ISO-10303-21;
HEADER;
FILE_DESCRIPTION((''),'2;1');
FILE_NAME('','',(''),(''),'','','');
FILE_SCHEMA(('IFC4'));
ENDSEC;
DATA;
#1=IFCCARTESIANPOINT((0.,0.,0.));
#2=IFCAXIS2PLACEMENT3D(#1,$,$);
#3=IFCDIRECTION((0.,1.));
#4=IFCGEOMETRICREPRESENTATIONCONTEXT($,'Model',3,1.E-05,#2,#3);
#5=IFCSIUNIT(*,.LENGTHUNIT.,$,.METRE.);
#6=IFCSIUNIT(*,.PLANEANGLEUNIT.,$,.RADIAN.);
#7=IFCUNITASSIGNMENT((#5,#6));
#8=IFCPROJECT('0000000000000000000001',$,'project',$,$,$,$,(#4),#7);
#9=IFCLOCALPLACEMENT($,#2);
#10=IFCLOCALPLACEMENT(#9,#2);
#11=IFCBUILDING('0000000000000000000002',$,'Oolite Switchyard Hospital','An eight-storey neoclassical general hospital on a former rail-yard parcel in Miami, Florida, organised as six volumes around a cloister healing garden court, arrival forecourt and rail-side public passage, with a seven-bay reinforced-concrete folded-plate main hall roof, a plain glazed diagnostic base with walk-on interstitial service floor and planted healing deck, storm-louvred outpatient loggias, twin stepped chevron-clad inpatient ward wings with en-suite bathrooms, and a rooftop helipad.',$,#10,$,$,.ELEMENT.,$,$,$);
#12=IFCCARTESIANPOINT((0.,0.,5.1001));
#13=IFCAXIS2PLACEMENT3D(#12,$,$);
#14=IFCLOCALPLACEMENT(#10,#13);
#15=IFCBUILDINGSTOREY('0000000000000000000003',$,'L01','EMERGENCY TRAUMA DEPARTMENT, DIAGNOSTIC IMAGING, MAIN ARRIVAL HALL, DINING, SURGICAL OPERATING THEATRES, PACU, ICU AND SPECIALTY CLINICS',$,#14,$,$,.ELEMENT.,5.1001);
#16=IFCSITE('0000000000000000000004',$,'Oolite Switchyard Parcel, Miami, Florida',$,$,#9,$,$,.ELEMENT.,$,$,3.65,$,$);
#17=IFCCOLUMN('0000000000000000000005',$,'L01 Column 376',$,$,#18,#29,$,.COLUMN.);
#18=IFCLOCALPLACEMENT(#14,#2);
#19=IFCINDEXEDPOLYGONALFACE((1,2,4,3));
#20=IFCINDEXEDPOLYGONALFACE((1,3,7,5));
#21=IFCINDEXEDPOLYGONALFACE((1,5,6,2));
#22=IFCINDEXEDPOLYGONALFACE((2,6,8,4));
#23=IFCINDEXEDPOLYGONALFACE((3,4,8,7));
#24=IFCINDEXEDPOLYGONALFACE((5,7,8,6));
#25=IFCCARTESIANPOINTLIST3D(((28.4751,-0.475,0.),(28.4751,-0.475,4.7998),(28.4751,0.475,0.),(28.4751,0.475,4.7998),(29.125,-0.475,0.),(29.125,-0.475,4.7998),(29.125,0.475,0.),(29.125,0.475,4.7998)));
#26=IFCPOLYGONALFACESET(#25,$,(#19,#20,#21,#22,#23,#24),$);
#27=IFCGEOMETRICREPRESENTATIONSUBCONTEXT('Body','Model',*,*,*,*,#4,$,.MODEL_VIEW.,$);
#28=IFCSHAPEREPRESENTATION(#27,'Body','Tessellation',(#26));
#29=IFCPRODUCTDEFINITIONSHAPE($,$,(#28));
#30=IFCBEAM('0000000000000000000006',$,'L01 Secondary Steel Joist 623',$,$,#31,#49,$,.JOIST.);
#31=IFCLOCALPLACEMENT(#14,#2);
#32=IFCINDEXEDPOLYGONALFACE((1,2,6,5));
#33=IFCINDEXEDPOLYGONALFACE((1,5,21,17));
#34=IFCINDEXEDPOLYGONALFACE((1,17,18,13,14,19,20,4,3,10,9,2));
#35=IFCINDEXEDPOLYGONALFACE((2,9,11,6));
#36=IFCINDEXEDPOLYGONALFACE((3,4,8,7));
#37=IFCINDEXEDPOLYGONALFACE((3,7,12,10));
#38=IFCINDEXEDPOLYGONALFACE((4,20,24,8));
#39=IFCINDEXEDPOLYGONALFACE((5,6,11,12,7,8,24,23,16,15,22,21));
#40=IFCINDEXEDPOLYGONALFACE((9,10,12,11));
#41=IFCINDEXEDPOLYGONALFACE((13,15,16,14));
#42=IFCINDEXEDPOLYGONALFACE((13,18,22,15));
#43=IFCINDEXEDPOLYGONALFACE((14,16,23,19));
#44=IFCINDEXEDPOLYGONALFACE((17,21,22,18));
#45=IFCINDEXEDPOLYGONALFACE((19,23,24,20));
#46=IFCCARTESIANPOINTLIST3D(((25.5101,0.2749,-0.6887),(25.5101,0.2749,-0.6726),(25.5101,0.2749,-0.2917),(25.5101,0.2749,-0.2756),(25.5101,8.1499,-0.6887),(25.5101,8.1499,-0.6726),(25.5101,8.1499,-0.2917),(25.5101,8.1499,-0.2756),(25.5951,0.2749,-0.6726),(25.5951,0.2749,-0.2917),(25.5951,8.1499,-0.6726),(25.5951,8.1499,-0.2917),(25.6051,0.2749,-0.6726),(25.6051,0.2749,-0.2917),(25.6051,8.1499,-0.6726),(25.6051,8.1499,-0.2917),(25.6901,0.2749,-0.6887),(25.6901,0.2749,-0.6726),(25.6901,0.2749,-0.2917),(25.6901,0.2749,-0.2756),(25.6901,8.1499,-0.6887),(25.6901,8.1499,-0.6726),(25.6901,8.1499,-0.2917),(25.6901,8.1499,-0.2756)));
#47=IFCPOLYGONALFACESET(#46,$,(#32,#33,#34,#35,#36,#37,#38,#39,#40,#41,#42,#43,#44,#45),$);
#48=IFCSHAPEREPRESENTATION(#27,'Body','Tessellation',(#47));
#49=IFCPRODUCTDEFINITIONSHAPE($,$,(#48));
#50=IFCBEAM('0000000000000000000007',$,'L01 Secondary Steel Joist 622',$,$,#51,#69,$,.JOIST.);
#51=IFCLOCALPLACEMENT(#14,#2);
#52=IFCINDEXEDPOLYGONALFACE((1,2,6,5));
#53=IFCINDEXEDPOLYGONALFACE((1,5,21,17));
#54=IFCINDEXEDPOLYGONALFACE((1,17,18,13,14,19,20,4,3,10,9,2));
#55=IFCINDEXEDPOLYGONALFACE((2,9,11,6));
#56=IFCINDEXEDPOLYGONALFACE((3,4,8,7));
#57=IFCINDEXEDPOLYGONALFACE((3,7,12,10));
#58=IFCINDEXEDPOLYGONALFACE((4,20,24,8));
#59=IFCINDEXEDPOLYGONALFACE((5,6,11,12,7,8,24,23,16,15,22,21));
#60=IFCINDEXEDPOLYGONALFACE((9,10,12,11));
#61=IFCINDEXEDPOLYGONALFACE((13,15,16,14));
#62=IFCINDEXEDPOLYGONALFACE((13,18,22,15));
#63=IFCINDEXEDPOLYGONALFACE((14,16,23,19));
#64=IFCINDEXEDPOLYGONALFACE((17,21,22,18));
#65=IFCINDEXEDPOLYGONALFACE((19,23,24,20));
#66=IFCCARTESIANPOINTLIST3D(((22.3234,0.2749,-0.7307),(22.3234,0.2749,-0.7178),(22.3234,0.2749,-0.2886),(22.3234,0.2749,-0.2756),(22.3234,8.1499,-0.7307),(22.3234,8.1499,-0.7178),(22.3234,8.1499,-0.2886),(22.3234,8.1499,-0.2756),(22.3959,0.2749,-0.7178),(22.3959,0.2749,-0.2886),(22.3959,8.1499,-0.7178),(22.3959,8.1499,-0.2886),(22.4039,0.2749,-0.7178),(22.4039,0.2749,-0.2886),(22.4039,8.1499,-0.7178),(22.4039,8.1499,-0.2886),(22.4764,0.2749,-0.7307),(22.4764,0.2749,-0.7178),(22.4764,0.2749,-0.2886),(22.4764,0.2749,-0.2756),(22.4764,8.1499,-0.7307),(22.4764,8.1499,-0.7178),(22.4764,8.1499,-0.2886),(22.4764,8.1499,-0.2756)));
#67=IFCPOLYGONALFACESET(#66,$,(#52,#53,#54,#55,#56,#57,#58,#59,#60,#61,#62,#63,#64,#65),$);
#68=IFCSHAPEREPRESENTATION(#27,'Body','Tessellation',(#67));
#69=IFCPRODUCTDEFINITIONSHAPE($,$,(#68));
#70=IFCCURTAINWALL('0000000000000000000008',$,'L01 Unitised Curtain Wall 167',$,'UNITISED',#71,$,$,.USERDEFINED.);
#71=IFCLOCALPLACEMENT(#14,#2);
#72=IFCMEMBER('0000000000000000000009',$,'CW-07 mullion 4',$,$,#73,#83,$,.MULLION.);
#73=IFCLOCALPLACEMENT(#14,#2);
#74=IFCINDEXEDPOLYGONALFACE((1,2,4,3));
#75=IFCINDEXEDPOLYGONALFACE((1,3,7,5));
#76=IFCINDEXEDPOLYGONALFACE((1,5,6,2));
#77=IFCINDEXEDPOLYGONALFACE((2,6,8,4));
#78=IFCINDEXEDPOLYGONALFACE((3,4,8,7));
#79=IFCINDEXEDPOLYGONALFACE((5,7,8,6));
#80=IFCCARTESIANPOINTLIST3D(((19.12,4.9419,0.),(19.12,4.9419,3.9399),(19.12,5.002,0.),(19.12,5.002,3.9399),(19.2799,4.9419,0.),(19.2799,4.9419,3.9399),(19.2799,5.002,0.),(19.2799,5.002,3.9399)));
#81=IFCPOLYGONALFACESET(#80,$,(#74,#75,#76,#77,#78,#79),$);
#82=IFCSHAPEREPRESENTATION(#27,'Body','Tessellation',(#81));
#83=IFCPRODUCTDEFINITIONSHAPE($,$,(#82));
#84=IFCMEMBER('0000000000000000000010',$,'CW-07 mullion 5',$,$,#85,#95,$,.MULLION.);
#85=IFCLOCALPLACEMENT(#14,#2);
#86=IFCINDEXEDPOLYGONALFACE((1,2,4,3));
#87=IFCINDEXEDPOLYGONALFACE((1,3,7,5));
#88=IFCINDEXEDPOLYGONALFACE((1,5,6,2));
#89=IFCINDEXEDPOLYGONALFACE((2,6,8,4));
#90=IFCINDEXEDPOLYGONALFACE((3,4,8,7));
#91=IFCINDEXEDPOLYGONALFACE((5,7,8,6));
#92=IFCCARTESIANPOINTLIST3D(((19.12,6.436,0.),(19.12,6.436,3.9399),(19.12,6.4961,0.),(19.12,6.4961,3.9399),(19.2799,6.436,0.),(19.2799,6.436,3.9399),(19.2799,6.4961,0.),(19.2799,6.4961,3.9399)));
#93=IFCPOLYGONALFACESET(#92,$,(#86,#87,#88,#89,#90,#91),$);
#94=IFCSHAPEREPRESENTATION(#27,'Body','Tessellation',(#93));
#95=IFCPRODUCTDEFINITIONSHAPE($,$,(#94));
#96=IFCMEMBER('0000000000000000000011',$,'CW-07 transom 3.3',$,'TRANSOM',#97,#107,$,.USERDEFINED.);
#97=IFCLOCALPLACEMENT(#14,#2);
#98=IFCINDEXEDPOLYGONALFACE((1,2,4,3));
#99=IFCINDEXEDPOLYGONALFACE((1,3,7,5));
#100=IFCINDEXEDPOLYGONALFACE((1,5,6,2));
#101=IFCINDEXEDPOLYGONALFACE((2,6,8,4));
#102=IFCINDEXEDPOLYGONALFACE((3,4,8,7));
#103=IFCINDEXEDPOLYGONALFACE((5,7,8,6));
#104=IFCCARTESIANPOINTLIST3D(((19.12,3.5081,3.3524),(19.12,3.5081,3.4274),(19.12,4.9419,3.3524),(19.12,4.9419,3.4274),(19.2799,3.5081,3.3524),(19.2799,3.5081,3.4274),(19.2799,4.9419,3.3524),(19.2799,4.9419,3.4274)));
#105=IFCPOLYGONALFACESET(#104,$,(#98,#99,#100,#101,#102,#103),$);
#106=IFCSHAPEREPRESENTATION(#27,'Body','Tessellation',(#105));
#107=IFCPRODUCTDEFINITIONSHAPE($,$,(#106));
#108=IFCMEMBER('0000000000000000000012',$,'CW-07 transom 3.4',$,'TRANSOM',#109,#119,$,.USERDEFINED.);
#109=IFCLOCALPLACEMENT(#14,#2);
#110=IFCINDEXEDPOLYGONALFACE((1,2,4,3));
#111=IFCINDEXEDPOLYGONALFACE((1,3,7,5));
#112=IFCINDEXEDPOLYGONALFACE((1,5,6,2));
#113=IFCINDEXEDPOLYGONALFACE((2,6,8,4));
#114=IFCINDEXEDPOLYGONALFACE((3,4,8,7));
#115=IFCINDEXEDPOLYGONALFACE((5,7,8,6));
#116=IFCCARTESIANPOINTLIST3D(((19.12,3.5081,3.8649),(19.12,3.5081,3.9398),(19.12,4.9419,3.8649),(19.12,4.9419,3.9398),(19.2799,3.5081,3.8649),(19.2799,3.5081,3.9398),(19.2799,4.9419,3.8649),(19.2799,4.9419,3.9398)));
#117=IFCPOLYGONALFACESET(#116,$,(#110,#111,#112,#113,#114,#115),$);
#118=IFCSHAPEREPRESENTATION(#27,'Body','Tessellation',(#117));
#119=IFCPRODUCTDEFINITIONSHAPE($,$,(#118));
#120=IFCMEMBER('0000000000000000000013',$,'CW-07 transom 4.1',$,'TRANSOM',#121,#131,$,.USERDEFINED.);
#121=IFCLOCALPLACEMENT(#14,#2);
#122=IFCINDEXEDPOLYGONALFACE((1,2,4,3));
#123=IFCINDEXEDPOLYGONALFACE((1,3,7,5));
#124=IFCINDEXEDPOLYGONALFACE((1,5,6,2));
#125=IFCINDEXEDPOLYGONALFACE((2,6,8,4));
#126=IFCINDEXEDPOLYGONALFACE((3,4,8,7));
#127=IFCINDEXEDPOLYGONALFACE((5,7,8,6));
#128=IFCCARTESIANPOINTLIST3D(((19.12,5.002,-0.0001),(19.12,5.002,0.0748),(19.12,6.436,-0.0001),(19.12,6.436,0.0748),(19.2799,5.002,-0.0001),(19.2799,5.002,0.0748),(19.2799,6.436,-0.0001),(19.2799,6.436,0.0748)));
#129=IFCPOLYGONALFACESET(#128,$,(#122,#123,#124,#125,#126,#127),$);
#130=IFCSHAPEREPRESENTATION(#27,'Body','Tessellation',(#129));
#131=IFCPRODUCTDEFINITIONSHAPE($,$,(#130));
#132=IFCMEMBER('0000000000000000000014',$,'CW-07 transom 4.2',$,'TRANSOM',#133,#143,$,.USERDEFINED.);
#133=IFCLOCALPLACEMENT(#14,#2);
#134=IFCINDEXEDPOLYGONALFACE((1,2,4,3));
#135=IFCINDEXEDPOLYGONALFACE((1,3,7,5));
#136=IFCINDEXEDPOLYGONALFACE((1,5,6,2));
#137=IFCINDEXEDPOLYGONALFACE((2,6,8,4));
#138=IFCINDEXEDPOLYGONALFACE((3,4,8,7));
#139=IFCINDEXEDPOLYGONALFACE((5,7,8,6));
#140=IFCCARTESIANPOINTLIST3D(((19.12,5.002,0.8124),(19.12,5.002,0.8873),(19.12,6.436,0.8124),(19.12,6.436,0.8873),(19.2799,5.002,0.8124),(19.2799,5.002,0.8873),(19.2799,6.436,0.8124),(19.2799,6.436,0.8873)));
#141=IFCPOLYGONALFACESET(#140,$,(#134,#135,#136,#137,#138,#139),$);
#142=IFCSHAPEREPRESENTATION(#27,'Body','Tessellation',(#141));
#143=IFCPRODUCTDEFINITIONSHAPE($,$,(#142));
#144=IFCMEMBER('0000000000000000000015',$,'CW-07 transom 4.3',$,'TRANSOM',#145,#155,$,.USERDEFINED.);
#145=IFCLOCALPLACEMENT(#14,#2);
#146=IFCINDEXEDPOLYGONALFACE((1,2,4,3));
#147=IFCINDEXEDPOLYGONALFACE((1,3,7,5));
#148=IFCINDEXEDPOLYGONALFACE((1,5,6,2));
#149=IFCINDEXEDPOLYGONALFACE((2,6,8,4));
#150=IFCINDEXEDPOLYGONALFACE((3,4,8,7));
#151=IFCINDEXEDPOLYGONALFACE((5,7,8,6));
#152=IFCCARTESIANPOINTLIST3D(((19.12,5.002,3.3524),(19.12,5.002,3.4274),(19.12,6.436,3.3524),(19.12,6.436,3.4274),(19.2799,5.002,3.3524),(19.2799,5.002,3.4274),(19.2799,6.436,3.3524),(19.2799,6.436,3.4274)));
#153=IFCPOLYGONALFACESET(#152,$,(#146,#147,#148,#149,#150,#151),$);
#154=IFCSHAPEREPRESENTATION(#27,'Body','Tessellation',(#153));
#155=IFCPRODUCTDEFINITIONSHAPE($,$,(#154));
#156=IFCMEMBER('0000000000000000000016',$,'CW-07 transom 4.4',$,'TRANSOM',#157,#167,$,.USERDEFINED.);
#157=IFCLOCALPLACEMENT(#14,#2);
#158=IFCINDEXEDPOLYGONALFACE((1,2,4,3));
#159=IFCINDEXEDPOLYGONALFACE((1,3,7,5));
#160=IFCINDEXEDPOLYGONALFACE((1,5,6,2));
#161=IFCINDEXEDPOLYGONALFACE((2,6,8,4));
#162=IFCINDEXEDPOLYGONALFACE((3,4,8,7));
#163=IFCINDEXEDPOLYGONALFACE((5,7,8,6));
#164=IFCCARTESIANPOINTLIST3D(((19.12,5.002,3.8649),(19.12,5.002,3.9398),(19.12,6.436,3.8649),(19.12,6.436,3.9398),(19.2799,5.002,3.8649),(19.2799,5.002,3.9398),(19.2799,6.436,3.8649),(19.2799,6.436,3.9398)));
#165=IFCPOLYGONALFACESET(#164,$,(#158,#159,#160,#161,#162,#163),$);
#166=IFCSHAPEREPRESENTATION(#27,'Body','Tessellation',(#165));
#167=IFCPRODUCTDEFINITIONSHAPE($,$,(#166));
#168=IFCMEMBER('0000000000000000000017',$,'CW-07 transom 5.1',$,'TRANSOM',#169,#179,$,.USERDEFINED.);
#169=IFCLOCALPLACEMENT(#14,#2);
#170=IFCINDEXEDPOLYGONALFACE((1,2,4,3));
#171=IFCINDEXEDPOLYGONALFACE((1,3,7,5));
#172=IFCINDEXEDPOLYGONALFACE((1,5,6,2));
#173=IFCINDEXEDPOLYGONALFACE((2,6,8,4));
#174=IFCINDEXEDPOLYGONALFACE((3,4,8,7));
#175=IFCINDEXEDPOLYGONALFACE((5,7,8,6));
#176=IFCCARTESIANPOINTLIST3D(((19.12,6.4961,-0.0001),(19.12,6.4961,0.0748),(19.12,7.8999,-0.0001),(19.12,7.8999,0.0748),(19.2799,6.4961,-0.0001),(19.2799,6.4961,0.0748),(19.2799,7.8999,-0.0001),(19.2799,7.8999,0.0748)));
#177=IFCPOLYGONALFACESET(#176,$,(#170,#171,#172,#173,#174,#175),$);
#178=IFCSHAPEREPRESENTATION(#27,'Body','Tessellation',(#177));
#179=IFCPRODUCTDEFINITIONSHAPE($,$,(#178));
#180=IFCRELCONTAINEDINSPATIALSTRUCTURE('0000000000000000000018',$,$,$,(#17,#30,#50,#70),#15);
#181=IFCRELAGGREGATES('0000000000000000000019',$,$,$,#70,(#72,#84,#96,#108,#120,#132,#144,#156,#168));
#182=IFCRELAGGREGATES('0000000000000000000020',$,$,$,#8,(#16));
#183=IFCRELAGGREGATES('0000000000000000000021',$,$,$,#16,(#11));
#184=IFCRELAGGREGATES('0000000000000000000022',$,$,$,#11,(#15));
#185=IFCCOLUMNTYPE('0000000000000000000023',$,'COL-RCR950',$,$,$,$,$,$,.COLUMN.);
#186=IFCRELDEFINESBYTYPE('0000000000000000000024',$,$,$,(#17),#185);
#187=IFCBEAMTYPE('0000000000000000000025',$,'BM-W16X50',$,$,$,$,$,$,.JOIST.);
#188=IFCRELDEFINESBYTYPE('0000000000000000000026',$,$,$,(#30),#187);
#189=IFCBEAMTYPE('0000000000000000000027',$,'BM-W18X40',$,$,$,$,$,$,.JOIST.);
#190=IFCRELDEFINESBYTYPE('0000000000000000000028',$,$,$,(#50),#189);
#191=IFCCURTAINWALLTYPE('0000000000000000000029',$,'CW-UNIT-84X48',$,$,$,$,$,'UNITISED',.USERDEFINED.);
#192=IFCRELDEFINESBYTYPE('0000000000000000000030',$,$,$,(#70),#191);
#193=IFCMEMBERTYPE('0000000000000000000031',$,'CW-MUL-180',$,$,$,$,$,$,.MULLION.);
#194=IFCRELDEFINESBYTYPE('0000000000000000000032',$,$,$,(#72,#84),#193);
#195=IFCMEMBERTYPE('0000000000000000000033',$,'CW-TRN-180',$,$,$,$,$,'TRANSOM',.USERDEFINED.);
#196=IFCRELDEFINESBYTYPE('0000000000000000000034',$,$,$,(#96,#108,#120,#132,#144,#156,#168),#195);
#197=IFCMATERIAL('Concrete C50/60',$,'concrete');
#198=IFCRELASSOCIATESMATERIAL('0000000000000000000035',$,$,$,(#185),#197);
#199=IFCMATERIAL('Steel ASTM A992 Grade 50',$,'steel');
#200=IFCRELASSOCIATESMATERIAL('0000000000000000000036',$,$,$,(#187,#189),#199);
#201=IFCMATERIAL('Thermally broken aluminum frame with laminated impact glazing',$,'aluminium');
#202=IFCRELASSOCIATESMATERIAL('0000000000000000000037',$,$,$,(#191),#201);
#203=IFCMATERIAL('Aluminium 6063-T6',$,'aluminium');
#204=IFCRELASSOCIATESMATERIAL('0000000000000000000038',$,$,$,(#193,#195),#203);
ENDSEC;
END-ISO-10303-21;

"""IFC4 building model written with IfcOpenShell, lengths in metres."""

from ifc_helpers import new_model, si_unit, direction, frame, origin, origin_2d, place, context, subcontext, project, spatial, rectangle, i_section, extrude, material, material_profile, profile_set, type_object, element, aggregate, save


model = new_model("IFC4")

# Units and contexts
model_context = context("Model", 3, precision=1e-05, world=origin(), true_north=direction((0.0, 1.0)))
body_context = subcontext(model_context, "Body", "Model", "MODEL_VIEW")
ifc_project = project(units=[si_unit("LENGTHUNIT", "METRE"), si_unit("PLANEANGLEUNIT", "RADIAN")], contexts=[model_context])

# Site, building, storey
site_placement = place(None, origin())
site = spatial("IfcSite", under=ifc_project, at=site_placement, Name="Oolite Switchyard Parcel, Miami, Florida", CompositionType="ELEMENT", RefElevation=3.65)
building_placement = place(site_placement, origin())
building = spatial("IfcBuilding", under=site, at=building_placement, Name="Oolite Switchyard Hospital", Description="An eight-storey neoclassical general hospital on a former rail-yard parcel in Miami, Florida, organised as six volumes around a cloister healing garden court, arrival forecourt and rail-side public passage, with a seven-bay reinforced-concrete folded-plate main hall roof, a plain glazed diagnostic base with walk-on interstitial service floor and planted healing deck, storm-louvred outpatient loggias, twin stepped chevron-clad inpatient ward wings with en-suite bathrooms, and a rooftop helipad.", CompositionType="ELEMENT")
storey_placement = place(building_placement, frame((0.0, 0.0, 5.1001)))
storey = spatial("IfcBuildingStorey", under=building, at=storey_placement, Name="L01", Description="EMERGENCY TRAUMA DEPARTMENT, DIAGNOSTIC IMAGING, MAIN ARRIVAL HALL, DINING, SURGICAL OPERATING THEATRES, PACU, ICU AND SPECIALTY CLINICS", CompositionType="ELEMENT", Elevation=5.1001)

# Column
ifc_material_1 = material(Name="Concrete C50/60", Category="concrete")
ifc_material_profile_1 = material_profile(ifc_material_1, rectangle(XDim=0.95, YDim=0.6499, at=origin_2d()), Name="RC950X650")
ifc_profile_set_1 = profile_set([ifc_material_profile_1], Name="Concrete C50/60")
column_type = type_object("IfcColumnType", Name="COL-RCR950", PredefinedType="COLUMN", material=ifc_profile_set_1)
column_placement = place(storey_placement, frame((28.8, 0.0, 0.0), z_axis=(0.0, 0.0, 1.0), x_axis=(0.0, 1.0, 0.0)))
element("IfcColumn", 1, at=column_placement, inside=storey, type_object=column_type, Name="L01 Column 376", PredefinedType="COLUMN", context=body_context, shape_type="SweptSolid", body=[
    extrude(rectangle(XDim=0.95, YDim=0.6499, at=origin_2d()), origin(), (0.0, 0.0, 1.0), 4.7998),
])

# Beams
ifc_material_2 = material(Name="Steel ASTM A992 Grade 50", Category="steel")
ifc_material_profile_2 = material_profile(ifc_material_2, i_section(OverallWidth=0.1799, OverallDepth=0.4131, WebThickness=0.01, FlangeThickness=0.0161, at=origin_2d()), Name="W16X50")
ifc_profile_set_2 = profile_set([ifc_material_profile_2], Name="Steel ASTM A992 Grade 50")
beam_type_1 = type_object("IfcBeamType", Name="BM-W16X50", PredefinedType="JOIST", material=ifc_profile_set_2)
beam_1_placement = place(storey_placement, frame((25.6001, 0.2749, -0.4822), z_axis=(0.0, 1.0, 0.0), x_axis=(-1.0, 0.0, 0.0)))
element("IfcBeam", 2, at=beam_1_placement, inside=storey, type_object=beam_type_1, Name="L01 Secondary Steel Joist 623", PredefinedType="JOIST", context=body_context, shape_type="SweptSolid", body=[
    extrude(i_section(OverallWidth=0.1799, OverallDepth=0.4131, WebThickness=0.01, FlangeThickness=0.0161, at=origin_2d()), origin(), (0.0, 0.0, 1.0), 7.875),
])
ifc_material_profile_3 = material_profile(ifc_material_2, i_section(OverallWidth=0.1531, OverallDepth=0.4551, WebThickness=0.0081, FlangeThickness=0.0129, at=origin_2d()), Name="W18X40")
ifc_profile_set_3 = profile_set([ifc_material_profile_3], Name="Steel ASTM A992 Grade 50")
beam_type_2 = type_object("IfcBeamType", Name="BM-W18X40", PredefinedType="JOIST", material=ifc_profile_set_3)
beam_2_placement = place(storey_placement, frame((22.3999, 0.2749, -0.5032), z_axis=(0.0, 1.0, 0.0), x_axis=(-1.0, 0.0, 0.0)))
element("IfcBeam", 3, at=beam_2_placement, inside=storey, type_object=beam_type_2, Name="L01 Secondary Steel Joist 622", PredefinedType="JOIST", context=body_context, shape_type="SweptSolid", body=[
    extrude(i_section(OverallWidth=0.1531, OverallDepth=0.4551, WebThickness=0.0081, FlangeThickness=0.0129, at=origin_2d()), origin(), (0.0, 0.0, 1.0), 7.875),
])

# Curtain wall, members
ifc_material_3 = material(Name="Thermally broken aluminum frame with laminated impact glazing", Category="aluminium")
curtain_wall_type = type_object("IfcCurtainWallType", Name="CW-UNIT-84X48", ElementType="UNITISED", PredefinedType="USERDEFINED", material=ifc_material_3)
curtain_wall_placement = place(storey_placement, origin())
curtain_wall = element("IfcCurtainWall", 4, at=curtain_wall_placement, inside=storey, type_object=curtain_wall_type, Name="L01 Unitised Curtain Wall 167", ObjectType="UNITISED", PredefinedType="USERDEFINED")
ifc_material_4 = material(Name="Aluminium 6063-T6", Category="aluminium")
ifc_material_profile_4 = material_profile(ifc_material_4, rectangle(XDim=0.1599, YDim=0.0601, at=origin_2d()), Name="CWM60X160")
ifc_profile_set_4 = profile_set([ifc_material_profile_4], Name="Aluminium 6063-T6")
member_type_1 = type_object("IfcMemberType", Name="CW-MUL-180", PredefinedType="MULLION", material=ifc_profile_set_4)
member_1_placement = place(storey_placement, frame((19.2, 4.9719, 0.0), z_axis=(0.0, 0.0, 1.0), x_axis=(-1.0, 0.0, 0.0)))
member_1 = element("IfcMember", 5, at=member_1_placement, type_object=member_type_1, Name="CW-07 mullion 4", PredefinedType="MULLION", context=body_context, shape_type="SweptSolid", body=[
    extrude(rectangle(XDim=0.1599, YDim=0.0601, at=origin_2d()), origin(), (0.0, 0.0, 1.0), 3.9399),
])
member_2_placement = place(storey_placement, frame((19.2, 6.4661, 0.0), z_axis=(0.0, 0.0, 1.0), x_axis=(-1.0, 0.0, 0.0)))
member_2 = element("IfcMember", 6, at=member_2_placement, type_object=member_type_1, Name="CW-07 mullion 5", PredefinedType="MULLION", context=body_context, shape_type="SweptSolid", body=[
    extrude(rectangle(XDim=0.1599, YDim=0.0601, at=origin_2d()), origin(), (0.0, 0.0, 1.0), 3.9399),
])
ifc_material_profile_5 = material_profile(ifc_material_4, rectangle(XDim=0.1599, YDim=0.075, at=origin_2d()), Name="CWT75X160")
ifc_profile_set_5 = profile_set([ifc_material_profile_5], Name="Aluminium 6063-T6")
member_type_2 = type_object("IfcMemberType", Name="CW-TRN-180", ElementType="TRANSOM", PredefinedType="USERDEFINED", material=ifc_profile_set_5)
member_3_placement = place(storey_placement, frame((19.2, 3.5081, 3.3899), z_axis=(0.0, 1.0, 0.0), x_axis=(-1.0, 0.0, 0.0)))
member_3 = element("IfcMember", 7, at=member_3_placement, type_object=member_type_2, Name="CW-07 transom 3.3", ObjectType="TRANSOM", PredefinedType="USERDEFINED", context=body_context, shape_type="SweptSolid", body=[
    extrude(rectangle(XDim=0.1599, YDim=0.075, at=origin_2d()), origin(), (0.0, 0.0, 1.0), 1.4338),
])
member_4_placement = place(storey_placement, frame((19.2, 3.5081, 3.9023), z_axis=(0.0, 1.0, 0.0), x_axis=(-1.0, 0.0, 0.0)))
member_4 = element("IfcMember", 8, at=member_4_placement, type_object=member_type_2, Name="CW-07 transom 3.4", ObjectType="TRANSOM", PredefinedType="USERDEFINED", context=body_context, shape_type="SweptSolid", body=[
    extrude(rectangle(XDim=0.1599, YDim=0.075, at=origin_2d()), origin(), (0.0, 0.0, 1.0), 1.4338),
])
member_5_placement = place(storey_placement, frame((19.2, 5.002, 0.0374), z_axis=(0.0, 1.0, 0.0), x_axis=(-1.0, 0.0, 0.0)))
member_5 = element("IfcMember", 9, at=member_5_placement, type_object=member_type_2, Name="CW-07 transom 4.1", ObjectType="TRANSOM", PredefinedType="USERDEFINED", context=body_context, shape_type="SweptSolid", body=[
    extrude(rectangle(XDim=0.1599, YDim=0.075, at=origin_2d()), origin(), (0.0, 0.0, 1.0), 1.4341),
])
member_6_placement = place(storey_placement, frame((19.2, 5.002, 0.8499), z_axis=(0.0, 1.0, 0.0), x_axis=(-1.0, 0.0, 0.0)))
member_6 = element("IfcMember", 10, at=member_6_placement, type_object=member_type_2, Name="CW-07 transom 4.2", ObjectType="TRANSOM", PredefinedType="USERDEFINED", context=body_context, shape_type="SweptSolid", body=[
    extrude(rectangle(XDim=0.1599, YDim=0.075, at=origin_2d()), origin(), (0.0, 0.0, 1.0), 1.4341),
])
member_7_placement = place(storey_placement, frame((19.2, 5.002, 3.3899), z_axis=(0.0, 1.0, 0.0), x_axis=(-1.0, 0.0, 0.0)))
member_7 = element("IfcMember", 11, at=member_7_placement, type_object=member_type_2, Name="CW-07 transom 4.3", ObjectType="TRANSOM", PredefinedType="USERDEFINED", context=body_context, shape_type="SweptSolid", body=[
    extrude(rectangle(XDim=0.1599, YDim=0.075, at=origin_2d()), origin(), (0.0, 0.0, 1.0), 1.4341),
])
member_8_placement = place(storey_placement, frame((19.2, 5.002, 3.9023), z_axis=(0.0, 1.0, 0.0), x_axis=(-1.0, 0.0, 0.0)))
member_8 = element("IfcMember", 12, at=member_8_placement, type_object=member_type_2, Name="CW-07 transom 4.4", ObjectType="TRANSOM", PredefinedType="USERDEFINED", context=body_context, shape_type="SweptSolid", body=[
    extrude(rectangle(XDim=0.1599, YDim=0.075, at=origin_2d()), origin(), (0.0, 0.0, 1.0), 1.4341),
])
member_9_placement = place(storey_placement, frame((19.2, 6.4961, 0.0374), z_axis=(0.0, 1.0, 0.0), x_axis=(-1.0, 0.0, 0.0)))
member_9 = element("IfcMember", 13, at=member_9_placement, type_object=member_type_2, Name="CW-07 transom 5.1", ObjectType="TRANSOM", PredefinedType="USERDEFINED", context=body_context, shape_type="SweptSolid", body=[
    extrude(rectangle(XDim=0.1599, YDim=0.075, at=origin_2d()), origin(), (0.0, 0.0, 1.0), 1.4038),
])
aggregate(curtain_wall, [member_1, member_2, member_3, member_4, member_5, member_6, member_7, member_8, member_9])

save(model, "model.ifc")
